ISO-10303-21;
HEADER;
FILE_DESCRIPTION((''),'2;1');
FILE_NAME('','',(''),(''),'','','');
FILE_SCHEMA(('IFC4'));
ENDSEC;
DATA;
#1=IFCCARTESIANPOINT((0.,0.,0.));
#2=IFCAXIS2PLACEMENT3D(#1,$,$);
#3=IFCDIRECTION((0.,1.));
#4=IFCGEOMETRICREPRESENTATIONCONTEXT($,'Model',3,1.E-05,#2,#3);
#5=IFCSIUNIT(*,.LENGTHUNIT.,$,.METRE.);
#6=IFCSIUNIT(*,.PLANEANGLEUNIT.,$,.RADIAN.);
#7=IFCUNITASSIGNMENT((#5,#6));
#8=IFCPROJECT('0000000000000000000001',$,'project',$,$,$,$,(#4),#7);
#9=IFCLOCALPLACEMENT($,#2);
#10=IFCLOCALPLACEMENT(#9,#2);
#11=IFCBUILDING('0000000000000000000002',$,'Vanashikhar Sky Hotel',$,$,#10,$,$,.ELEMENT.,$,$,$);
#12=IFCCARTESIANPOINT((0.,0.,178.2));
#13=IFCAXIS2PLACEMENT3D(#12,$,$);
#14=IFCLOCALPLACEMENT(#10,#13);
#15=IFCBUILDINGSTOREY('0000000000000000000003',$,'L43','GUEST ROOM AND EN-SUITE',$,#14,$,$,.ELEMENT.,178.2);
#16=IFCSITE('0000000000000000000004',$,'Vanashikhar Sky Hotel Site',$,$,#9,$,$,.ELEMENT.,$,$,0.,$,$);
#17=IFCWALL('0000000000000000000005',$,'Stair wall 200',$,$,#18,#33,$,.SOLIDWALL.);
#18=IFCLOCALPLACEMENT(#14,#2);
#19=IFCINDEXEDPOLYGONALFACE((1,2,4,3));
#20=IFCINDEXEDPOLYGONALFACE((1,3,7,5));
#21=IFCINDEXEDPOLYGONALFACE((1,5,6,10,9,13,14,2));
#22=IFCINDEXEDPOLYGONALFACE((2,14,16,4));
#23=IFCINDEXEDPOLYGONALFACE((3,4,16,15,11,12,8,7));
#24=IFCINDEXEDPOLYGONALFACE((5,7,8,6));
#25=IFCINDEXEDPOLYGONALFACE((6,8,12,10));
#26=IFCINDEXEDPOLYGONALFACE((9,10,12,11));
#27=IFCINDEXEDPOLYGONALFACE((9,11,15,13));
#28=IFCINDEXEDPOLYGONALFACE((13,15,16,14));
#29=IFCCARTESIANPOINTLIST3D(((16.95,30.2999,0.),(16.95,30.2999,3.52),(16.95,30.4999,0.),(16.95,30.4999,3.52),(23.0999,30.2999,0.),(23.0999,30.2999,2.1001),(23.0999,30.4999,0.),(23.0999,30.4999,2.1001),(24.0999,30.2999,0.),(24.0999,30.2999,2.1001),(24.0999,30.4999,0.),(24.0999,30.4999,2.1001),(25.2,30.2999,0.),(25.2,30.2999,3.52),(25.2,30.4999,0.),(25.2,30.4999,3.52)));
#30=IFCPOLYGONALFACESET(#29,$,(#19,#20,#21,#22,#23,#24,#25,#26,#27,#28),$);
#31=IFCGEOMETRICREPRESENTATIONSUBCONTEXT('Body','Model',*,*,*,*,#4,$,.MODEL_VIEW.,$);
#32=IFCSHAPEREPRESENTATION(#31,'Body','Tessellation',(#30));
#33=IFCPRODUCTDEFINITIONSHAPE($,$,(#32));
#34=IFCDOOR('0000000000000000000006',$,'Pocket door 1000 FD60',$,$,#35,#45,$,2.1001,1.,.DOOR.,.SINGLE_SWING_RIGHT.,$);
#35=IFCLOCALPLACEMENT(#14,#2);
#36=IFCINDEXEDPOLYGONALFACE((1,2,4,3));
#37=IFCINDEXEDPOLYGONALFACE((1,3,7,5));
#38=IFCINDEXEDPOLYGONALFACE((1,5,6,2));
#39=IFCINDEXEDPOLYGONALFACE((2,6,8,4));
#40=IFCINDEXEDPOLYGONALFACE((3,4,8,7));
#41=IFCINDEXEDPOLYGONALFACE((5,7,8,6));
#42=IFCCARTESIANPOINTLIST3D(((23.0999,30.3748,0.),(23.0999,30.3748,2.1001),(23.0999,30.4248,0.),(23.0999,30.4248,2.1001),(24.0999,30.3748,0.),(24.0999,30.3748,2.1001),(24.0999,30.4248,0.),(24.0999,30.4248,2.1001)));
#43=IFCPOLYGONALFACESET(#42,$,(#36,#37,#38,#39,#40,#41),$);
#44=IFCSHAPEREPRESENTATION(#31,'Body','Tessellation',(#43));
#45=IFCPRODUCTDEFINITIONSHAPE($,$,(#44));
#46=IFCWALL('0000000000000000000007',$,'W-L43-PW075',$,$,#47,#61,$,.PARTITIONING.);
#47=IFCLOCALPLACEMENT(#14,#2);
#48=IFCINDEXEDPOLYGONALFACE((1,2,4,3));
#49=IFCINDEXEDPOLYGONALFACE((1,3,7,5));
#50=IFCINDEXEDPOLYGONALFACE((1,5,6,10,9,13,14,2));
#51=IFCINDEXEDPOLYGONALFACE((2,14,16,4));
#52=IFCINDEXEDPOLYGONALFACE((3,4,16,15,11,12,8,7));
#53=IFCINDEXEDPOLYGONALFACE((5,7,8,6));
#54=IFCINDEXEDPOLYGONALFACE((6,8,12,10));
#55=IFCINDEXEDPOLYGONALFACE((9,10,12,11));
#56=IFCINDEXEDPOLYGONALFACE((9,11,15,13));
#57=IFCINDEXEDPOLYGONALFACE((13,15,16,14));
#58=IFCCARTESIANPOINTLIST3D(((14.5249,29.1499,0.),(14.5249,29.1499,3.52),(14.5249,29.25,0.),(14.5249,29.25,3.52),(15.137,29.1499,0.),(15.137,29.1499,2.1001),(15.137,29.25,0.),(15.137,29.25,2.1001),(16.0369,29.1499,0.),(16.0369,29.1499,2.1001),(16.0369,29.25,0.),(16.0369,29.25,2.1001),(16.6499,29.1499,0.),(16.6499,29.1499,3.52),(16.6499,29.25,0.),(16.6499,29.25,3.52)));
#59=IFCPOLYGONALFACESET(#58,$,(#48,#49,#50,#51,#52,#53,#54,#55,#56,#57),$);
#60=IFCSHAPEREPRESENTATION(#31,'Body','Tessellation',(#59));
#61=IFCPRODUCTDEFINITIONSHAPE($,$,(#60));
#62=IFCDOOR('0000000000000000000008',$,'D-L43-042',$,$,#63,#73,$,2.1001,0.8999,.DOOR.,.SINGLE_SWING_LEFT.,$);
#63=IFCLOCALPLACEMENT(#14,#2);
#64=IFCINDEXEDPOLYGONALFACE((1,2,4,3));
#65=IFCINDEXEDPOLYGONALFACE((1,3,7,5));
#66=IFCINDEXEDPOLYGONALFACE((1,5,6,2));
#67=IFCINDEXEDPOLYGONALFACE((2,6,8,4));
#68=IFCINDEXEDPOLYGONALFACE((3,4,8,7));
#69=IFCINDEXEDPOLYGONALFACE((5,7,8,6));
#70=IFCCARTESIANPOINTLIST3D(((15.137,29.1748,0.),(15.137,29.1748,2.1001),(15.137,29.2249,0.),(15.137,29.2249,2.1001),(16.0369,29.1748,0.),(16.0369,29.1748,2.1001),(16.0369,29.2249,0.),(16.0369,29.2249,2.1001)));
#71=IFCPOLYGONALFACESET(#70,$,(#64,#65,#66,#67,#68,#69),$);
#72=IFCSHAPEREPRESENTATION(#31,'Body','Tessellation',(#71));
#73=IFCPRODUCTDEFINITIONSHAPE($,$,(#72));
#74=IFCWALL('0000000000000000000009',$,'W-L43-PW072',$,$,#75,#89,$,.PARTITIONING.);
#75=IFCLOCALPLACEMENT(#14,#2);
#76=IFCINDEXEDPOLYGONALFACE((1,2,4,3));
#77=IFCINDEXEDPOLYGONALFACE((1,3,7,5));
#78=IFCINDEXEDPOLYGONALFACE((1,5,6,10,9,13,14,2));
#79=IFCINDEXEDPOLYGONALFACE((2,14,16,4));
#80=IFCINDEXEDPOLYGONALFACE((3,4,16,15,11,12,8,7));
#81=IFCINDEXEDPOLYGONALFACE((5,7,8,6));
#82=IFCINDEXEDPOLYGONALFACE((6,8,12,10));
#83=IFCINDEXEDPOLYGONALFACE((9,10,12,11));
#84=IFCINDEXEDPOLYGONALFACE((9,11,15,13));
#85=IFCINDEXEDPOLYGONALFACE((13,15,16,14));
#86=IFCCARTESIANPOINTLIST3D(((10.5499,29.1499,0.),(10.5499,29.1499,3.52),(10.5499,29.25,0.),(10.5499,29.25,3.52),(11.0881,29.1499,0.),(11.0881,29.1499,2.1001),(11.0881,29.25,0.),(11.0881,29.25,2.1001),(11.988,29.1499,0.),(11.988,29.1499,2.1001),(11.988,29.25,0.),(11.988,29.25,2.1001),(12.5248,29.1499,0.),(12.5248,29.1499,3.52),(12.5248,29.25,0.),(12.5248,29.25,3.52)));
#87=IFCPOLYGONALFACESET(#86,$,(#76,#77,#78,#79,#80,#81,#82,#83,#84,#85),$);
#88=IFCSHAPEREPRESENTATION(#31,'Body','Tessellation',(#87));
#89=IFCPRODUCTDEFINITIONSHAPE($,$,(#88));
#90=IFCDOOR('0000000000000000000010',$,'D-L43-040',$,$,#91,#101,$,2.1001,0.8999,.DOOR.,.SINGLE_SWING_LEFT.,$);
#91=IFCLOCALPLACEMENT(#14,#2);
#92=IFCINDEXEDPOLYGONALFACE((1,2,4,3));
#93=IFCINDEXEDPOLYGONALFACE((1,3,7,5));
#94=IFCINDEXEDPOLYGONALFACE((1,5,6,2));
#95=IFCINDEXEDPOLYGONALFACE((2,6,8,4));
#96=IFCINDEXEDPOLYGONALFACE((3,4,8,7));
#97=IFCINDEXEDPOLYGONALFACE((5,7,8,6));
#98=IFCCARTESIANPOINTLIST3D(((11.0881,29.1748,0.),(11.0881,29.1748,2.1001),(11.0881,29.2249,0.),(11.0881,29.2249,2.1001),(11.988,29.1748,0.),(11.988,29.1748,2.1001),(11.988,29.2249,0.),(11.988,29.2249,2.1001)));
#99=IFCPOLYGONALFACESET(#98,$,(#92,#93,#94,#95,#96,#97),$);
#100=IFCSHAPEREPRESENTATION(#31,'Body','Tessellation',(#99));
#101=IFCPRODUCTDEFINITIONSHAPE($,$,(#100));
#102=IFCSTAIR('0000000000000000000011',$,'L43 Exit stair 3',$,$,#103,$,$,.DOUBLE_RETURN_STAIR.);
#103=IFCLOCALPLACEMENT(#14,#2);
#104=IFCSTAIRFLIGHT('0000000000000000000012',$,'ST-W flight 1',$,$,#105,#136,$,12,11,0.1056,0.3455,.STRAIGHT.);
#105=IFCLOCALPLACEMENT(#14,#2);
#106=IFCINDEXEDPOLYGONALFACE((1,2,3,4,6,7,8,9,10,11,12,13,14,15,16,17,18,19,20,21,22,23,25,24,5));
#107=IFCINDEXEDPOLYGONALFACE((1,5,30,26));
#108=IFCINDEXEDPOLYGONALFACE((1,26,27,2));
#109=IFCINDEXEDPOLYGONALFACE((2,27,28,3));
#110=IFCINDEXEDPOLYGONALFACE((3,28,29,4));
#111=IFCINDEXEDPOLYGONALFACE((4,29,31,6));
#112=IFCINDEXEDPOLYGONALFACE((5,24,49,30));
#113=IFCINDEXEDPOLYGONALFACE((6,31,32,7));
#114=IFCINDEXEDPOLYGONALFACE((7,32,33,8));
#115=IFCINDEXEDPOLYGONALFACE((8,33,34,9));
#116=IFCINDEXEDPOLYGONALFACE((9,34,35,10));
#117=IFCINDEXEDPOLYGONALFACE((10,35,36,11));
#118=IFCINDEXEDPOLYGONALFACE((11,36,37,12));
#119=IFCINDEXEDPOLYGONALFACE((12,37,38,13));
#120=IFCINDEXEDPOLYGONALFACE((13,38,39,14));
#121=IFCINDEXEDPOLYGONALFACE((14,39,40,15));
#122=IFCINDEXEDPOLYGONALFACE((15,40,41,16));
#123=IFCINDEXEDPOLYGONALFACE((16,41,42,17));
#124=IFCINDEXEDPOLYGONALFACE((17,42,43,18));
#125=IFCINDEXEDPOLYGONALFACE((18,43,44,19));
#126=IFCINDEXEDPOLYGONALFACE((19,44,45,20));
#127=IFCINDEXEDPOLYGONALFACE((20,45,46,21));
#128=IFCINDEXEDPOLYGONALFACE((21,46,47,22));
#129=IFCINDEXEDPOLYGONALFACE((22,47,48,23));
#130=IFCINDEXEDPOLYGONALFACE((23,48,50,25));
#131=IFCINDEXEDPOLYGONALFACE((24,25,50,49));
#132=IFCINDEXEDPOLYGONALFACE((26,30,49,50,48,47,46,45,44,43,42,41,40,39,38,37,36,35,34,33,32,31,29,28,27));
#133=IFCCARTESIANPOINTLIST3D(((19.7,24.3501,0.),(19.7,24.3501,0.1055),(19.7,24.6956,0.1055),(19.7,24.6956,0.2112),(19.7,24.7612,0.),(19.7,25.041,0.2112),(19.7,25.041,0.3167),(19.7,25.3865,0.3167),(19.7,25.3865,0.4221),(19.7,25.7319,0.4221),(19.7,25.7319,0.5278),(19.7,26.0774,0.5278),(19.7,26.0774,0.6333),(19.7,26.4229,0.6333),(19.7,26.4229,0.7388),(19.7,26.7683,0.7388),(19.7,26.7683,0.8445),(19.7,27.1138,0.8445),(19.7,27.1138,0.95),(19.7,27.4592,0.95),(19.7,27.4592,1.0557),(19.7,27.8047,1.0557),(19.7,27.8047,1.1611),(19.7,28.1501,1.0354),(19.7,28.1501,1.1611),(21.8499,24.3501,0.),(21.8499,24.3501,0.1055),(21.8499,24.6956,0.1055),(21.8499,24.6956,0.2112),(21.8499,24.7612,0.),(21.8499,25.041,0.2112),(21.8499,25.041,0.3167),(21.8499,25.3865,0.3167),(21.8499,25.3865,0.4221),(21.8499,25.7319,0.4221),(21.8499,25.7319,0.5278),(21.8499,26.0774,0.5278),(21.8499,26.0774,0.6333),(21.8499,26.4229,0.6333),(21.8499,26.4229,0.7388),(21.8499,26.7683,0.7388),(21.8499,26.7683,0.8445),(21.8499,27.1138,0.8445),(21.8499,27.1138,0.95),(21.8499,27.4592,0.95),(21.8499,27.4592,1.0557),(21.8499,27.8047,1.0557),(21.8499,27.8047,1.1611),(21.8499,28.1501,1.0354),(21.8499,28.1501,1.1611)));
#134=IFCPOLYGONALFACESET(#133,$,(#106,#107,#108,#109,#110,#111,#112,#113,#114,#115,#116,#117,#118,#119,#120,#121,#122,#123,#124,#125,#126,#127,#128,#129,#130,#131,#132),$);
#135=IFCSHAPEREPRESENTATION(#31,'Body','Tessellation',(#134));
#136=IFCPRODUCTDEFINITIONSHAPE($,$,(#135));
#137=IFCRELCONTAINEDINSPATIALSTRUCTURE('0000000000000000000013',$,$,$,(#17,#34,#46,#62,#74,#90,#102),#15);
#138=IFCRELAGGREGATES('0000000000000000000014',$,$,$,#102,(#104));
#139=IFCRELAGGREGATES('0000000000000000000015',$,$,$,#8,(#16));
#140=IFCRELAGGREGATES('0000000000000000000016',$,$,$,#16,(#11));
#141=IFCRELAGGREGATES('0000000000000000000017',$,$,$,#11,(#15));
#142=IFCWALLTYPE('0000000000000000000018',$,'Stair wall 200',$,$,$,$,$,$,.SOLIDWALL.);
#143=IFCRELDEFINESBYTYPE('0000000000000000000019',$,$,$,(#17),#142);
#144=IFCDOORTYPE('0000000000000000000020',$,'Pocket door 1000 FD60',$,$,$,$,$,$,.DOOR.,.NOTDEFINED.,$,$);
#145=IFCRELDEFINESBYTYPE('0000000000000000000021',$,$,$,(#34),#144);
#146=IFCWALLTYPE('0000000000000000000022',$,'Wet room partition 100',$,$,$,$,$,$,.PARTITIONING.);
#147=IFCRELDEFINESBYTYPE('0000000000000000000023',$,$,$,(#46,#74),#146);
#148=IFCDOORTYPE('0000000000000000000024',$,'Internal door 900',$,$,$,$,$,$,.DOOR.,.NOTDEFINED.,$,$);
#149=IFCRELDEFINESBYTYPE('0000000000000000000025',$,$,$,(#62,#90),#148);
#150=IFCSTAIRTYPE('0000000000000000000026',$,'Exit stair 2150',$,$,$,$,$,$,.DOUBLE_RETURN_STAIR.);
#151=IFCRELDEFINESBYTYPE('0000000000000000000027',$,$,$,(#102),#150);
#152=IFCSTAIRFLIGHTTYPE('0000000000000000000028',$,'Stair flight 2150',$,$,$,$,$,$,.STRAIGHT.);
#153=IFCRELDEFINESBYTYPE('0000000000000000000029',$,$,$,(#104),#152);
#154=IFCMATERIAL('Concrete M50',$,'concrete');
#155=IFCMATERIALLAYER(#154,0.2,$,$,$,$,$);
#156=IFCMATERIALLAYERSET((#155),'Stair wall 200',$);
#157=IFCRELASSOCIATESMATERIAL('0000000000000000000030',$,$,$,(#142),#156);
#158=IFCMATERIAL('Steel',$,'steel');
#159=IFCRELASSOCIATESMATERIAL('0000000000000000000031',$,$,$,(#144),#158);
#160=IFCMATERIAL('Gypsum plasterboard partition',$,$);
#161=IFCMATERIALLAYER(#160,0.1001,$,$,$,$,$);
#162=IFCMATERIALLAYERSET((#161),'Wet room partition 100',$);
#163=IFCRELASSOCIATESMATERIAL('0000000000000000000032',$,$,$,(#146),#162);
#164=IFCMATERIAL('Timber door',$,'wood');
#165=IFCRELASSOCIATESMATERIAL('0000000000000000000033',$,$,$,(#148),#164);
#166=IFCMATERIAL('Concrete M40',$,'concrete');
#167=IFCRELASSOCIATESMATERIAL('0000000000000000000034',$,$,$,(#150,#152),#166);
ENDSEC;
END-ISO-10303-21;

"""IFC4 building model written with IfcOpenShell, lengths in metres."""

from ifc_helpers import new_model, si_unit, direction, frame, frame_2d, origin, place, context, subcontext, project, spatial, polyline, rectangle, outline, extrude, source, transform, mapped, material, layer, layer_set, type_object, element, fill, aggregate, save


model = new_model("IFC4")

# Units and contexts
model_context = context("Model", 3, precision=1e-05, world=origin(), true_north=direction((0.0, 1.0)))
body_context = subcontext(model_context, "Body", "Model", "MODEL_VIEW")
ifc_project = project(units=[si_unit("LENGTHUNIT", "METRE"), si_unit("PLANEANGLEUNIT", "RADIAN")], contexts=[model_context])

# Site, building, storey
site_placement = place(None, origin())
site = spatial("IfcSite", under=ifc_project, at=site_placement, Name="Vanashikhar Sky Hotel Site", CompositionType="ELEMENT", RefElevation=0.0)
building_placement = place(site_placement, origin())
building = spatial("IfcBuilding", under=site, at=building_placement, Name="Vanashikhar Sky Hotel", CompositionType="ELEMENT")
storey_placement = place(building_placement, frame((0.0, 0.0, 178.2)))
storey = spatial("IfcBuildingStorey", under=building, at=storey_placement, Name="L43", Description="GUEST ROOM AND EN-SUITE", CompositionType="ELEMENT", Elevation=178.2)

# Shared definitions
ifc_material_1 = material(Name="Concrete M50", Category="concrete")

# Walls, openings, doors
ifc_layer_1 = layer(ifc_material_1, 0.2)
ifc_layer_set_1 = layer_set([ifc_layer_1], Name="Stair wall 200")
wall_type_1 = type_object("IfcWallType", Name="Stair wall 200", PredefinedType="SOLIDWALL", material=ifc_layer_set_1)
shared_shape_1 = source(origin(), body_context, "Body", "SweptSolid", [
    extrude(rectangle(XDim=8.25, YDim=0.2, at=frame_2d((4.125, 0.0))), origin(), (0.0, 0.0, 1.0), 3.52),
])
wall_1_placement = place(storey_placement, frame((16.95, 30.3999, 0.0), z_axis=(0.0, 0.0, 1.0), x_axis=(1.0, 0.0, 0.0)))
wall_1 = element("IfcWall", 1, at=wall_1_placement, inside=storey, type_object=wall_type_1, Name="Stair wall 200", PredefinedType="SOLIDWALL", context=body_context, shape_type="MappedRepresentation", body=[
    mapped(shared_shape_1, transform((0.0, 0.0, 0.0), scale=1.0)),
])
shared_shape_2 = source(origin(), body_context, "Body", "SweptSolid", [
    extrude(rectangle(XDim=1.0, YDim=2.1001, at=frame_2d((0.5, 1.05))), frame((0.0, 0.1099, 0.0), z_axis=(0.0, -1.0, 0.0), x_axis=(1.0, 0.0, 0.0)), (0.0, 0.0, 1.0), 0.22),
])
opening_1_placement = place(wall_1_placement, frame((6.1499, 0.0, 0.0)))
opening_1 = element("IfcOpeningElement", 2, at=opening_1_placement, cuts=wall_1, PredefinedType="OPENING", context=body_context, shape_type="MappedRepresentation", body=[
    mapped(shared_shape_2, transform((0.0, 0.0, 0.0), scale=1.0)),
])
ifc_material_2 = material(Name="Steel", Category="steel")
door_type_1 = type_object("IfcDoorType", Name="Pocket door 1000 FD60", OperationType="NOTDEFINED", PredefinedType="DOOR", material=ifc_material_2)
shared_shape_3 = source(origin(), body_context, "Body", "SweptSolid", [
    extrude(rectangle(XDim=1.0, YDim=2.1001, at=frame_2d((0.5, 1.05))), frame((0.0, 0.0249, 0.0), z_axis=(0.0, -1.0, 0.0), x_axis=(1.0, 0.0, 0.0)), (0.0, 0.0, 1.0), 0.05),
])
door_1_placement = place(opening_1_placement, origin())
door_1 = element("IfcDoor", 3, at=door_1_placement, inside=storey, type_object=door_type_1, Name="Pocket door 1000 FD60", OperationType="SINGLE_SWING_RIGHT", OverallHeight=2.1001, OverallWidth=1.0, PredefinedType="DOOR", context=body_context, shape_type="MappedRepresentation", body=[
    mapped(shared_shape_3, transform((0.0, 0.0, 0.0), scale=1.0)),
])
fill(opening_1, door_1)
ifc_material_3 = material(Name="Gypsum plasterboard partition")
ifc_layer_2 = layer(ifc_material_3, 0.1001)
ifc_layer_set_2 = layer_set([ifc_layer_2], Name="Wet room partition 100")
wall_type_2 = type_object("IfcWallType", Name="Wet room partition 100", PredefinedType="PARTITIONING", material=ifc_layer_set_2)
shared_shape_4 = source(origin(), body_context, "Body", "SweptSolid", [
    extrude(rectangle(XDim=2.125, YDim=0.1001, at=frame_2d((1.0625, 0.0))), origin(), (0.0, 0.0, 1.0), 3.52),
])
wall_2_placement = place(storey_placement, frame((14.5249, 29.2, 0.0), z_axis=(0.0, 0.0, 1.0), x_axis=(1.0, 0.0, 0.0)))
wall_2 = element("IfcWall", 4, at=wall_2_placement, inside=storey, type_object=wall_type_2, Name="W-L43-PW075", PredefinedType="PARTITIONING", context=body_context, shape_type="MappedRepresentation", body=[
    mapped(shared_shape_4, transform((0.0, 0.0, 0.0), scale=1.0)),
])
shared_shape_5 = source(origin(), body_context, "Body", "SweptSolid", [
    extrude(rectangle(XDim=0.8999, YDim=2.1001, at=frame_2d((0.45, 1.05))), frame((0.0, 0.0601, 0.0), z_axis=(0.0, -1.0, 0.0), x_axis=(1.0, 0.0, 0.0)), (0.0, 0.0, 1.0), 0.1201),
])
opening_2_placement = place(wall_2_placement, frame((0.6121, 0.0, 0.0)))
opening_2 = element("IfcOpeningElement", 5, at=opening_2_placement, cuts=wall_2, PredefinedType="OPENING", context=body_context, shape_type="MappedRepresentation", body=[
    mapped(shared_shape_5, transform((0.0, 0.0, 0.0), scale=1.0)),
])
ifc_material_4 = material(Name="Timber door", Category="wood")
door_type_2 = type_object("IfcDoorType", Name="Internal door 900", OperationType="NOTDEFINED", PredefinedType="DOOR", material=ifc_material_4)
shared_shape_6 = source(origin(), body_context, "Body", "SweptSolid", [
    extrude(rectangle(XDim=0.8999, YDim=2.1001, at=frame_2d((0.45, 1.05))), frame((0.0, 0.0249, 0.0), z_axis=(0.0, -1.0, 0.0), x_axis=(1.0, 0.0, 0.0)), (0.0, 0.0, 1.0), 0.05),
])
door_2_placement = place(opening_2_placement, origin())
door_2 = element("IfcDoor", 6, at=door_2_placement, inside=storey, type_object=door_type_2, Name="D-L43-042", OperationType="SINGLE_SWING_LEFT", OverallHeight=2.1001, OverallWidth=0.8999, PredefinedType="DOOR", context=body_context, shape_type="MappedRepresentation", body=[
    mapped(shared_shape_6, transform((0.0, 0.0, 0.0), scale=1.0)),
])
fill(opening_2, door_2)
shared_shape_7 = source(origin(), body_context, "Body", "SweptSolid", [
    extrude(rectangle(XDim=1.9749, YDim=0.1001, at=frame_2d((0.9873, 0.0))), origin(), (0.0, 0.0, 1.0), 3.52),
])
wall_3_placement = place(storey_placement, frame((10.55, 29.2, 0.0), z_axis=(0.0, 0.0, 1.0), x_axis=(1.0, 0.0, 0.0)))
wall_3 = element("IfcWall", 7, at=wall_3_placement, inside=storey, type_object=wall_type_2, Name="W-L43-PW072", PredefinedType="PARTITIONING", context=body_context, shape_type="MappedRepresentation", body=[
    mapped(shared_shape_7, transform((0.0, 0.0, 0.0), scale=1.0)),
])
opening_3_placement = place(wall_3_placement, frame((0.5381, 0.0, 0.0)))
opening_3 = element("IfcOpeningElement", 8, at=opening_3_placement, cuts=wall_3, PredefinedType="OPENING", context=body_context, shape_type="MappedRepresentation", body=[
    mapped(shared_shape_5, transform((0.0, 0.0, 0.0), scale=1.0)),
])
door_3_placement = place(opening_3_placement, origin())
door_3 = element("IfcDoor", 9, at=door_3_placement, inside=storey, type_object=door_type_2, Name="D-L43-040", OperationType="SINGLE_SWING_LEFT", OverallHeight=2.1001, OverallWidth=0.8999, PredefinedType="DOOR", context=body_context, shape_type="MappedRepresentation", body=[
    mapped(shared_shape_6, transform((0.0, 0.0, 0.0), scale=1.0)),
])
fill(opening_3, door_3)

# Stair, stair flight
ifc_material_5 = material(Name="Concrete M40", Category="concrete")
stair_type = type_object("IfcStairType", Name="Exit stair 2150", PredefinedType="DOUBLE_RETURN_STAIR", material=ifc_material_5)
stair_placement = place(storey_placement, origin())
stair = element("IfcStair", 10, at=stair_placement, inside=storey, type_object=stair_type, Name="L43 Exit stair 3", PredefinedType="DOUBLE_RETURN_STAIR")
stair_flight_type = type_object("IfcStairFlightType", Name="Stair flight 2150", PredefinedType="STRAIGHT", material=ifc_material_5)
shared_shape_8 = source(origin(), body_context, "Body", "SweptSolid", [
    extrude(outline(polyline([(0.0, 0.0), (0.0, 0.1055), (0.3455, 0.1055), (0.3455, 0.2112), (0.6909, 0.2112), (0.6909, 0.3167), (1.0364, 0.3167), (1.0364, 0.4221), (1.3818, 0.4221), (1.3818, 0.5278), (1.7273, 0.5278), (1.7273, 0.6333), (2.0728, 0.6333), (2.0728, 0.7388), (2.4182, 0.7388), (2.4182, 0.8445), (2.7637, 0.8445), (2.7637, 0.95), (3.1091, 0.95), (3.1091, 1.0557), (3.4546, 1.0557), (3.4546, 1.1611), (3.8, 1.1611), (3.8, 1.2666), (3.8, 1.0354), (0.4111, 0.0), (0.0, 0.0)])), frame((0.0, 1.075, 0.0), z_axis=(0.0, -1.0, 0.0), x_axis=(1.0, 0.0, 0.0)), (0.0, 0.0, 1.0), 2.1499),
])
stair_flight_1_placement = place(storey_placement, frame((20.7749, 24.3501, 0.0), z_axis=(0.0, 0.0, 1.0), x_axis=(0.0, 1.0, 0.0)))
stair_flight_1 = element("IfcStairFlight", 11, at=stair_flight_1_placement, type_object=stair_flight_type, Name="ST-W flight 1", NumberOfRisers=12, NumberOfTreads=11, PredefinedType="STRAIGHT", RiserHeight=0.1056, TreadLength=0.3455, context=body_context, shape_type="MappedRepresentation", body=[
    mapped(shared_shape_8, transform((0.0, 0.0, 0.0), scale=1.0)),
])
aggregate(stair, [stair_flight_1])

save(model, "model.ifc")
